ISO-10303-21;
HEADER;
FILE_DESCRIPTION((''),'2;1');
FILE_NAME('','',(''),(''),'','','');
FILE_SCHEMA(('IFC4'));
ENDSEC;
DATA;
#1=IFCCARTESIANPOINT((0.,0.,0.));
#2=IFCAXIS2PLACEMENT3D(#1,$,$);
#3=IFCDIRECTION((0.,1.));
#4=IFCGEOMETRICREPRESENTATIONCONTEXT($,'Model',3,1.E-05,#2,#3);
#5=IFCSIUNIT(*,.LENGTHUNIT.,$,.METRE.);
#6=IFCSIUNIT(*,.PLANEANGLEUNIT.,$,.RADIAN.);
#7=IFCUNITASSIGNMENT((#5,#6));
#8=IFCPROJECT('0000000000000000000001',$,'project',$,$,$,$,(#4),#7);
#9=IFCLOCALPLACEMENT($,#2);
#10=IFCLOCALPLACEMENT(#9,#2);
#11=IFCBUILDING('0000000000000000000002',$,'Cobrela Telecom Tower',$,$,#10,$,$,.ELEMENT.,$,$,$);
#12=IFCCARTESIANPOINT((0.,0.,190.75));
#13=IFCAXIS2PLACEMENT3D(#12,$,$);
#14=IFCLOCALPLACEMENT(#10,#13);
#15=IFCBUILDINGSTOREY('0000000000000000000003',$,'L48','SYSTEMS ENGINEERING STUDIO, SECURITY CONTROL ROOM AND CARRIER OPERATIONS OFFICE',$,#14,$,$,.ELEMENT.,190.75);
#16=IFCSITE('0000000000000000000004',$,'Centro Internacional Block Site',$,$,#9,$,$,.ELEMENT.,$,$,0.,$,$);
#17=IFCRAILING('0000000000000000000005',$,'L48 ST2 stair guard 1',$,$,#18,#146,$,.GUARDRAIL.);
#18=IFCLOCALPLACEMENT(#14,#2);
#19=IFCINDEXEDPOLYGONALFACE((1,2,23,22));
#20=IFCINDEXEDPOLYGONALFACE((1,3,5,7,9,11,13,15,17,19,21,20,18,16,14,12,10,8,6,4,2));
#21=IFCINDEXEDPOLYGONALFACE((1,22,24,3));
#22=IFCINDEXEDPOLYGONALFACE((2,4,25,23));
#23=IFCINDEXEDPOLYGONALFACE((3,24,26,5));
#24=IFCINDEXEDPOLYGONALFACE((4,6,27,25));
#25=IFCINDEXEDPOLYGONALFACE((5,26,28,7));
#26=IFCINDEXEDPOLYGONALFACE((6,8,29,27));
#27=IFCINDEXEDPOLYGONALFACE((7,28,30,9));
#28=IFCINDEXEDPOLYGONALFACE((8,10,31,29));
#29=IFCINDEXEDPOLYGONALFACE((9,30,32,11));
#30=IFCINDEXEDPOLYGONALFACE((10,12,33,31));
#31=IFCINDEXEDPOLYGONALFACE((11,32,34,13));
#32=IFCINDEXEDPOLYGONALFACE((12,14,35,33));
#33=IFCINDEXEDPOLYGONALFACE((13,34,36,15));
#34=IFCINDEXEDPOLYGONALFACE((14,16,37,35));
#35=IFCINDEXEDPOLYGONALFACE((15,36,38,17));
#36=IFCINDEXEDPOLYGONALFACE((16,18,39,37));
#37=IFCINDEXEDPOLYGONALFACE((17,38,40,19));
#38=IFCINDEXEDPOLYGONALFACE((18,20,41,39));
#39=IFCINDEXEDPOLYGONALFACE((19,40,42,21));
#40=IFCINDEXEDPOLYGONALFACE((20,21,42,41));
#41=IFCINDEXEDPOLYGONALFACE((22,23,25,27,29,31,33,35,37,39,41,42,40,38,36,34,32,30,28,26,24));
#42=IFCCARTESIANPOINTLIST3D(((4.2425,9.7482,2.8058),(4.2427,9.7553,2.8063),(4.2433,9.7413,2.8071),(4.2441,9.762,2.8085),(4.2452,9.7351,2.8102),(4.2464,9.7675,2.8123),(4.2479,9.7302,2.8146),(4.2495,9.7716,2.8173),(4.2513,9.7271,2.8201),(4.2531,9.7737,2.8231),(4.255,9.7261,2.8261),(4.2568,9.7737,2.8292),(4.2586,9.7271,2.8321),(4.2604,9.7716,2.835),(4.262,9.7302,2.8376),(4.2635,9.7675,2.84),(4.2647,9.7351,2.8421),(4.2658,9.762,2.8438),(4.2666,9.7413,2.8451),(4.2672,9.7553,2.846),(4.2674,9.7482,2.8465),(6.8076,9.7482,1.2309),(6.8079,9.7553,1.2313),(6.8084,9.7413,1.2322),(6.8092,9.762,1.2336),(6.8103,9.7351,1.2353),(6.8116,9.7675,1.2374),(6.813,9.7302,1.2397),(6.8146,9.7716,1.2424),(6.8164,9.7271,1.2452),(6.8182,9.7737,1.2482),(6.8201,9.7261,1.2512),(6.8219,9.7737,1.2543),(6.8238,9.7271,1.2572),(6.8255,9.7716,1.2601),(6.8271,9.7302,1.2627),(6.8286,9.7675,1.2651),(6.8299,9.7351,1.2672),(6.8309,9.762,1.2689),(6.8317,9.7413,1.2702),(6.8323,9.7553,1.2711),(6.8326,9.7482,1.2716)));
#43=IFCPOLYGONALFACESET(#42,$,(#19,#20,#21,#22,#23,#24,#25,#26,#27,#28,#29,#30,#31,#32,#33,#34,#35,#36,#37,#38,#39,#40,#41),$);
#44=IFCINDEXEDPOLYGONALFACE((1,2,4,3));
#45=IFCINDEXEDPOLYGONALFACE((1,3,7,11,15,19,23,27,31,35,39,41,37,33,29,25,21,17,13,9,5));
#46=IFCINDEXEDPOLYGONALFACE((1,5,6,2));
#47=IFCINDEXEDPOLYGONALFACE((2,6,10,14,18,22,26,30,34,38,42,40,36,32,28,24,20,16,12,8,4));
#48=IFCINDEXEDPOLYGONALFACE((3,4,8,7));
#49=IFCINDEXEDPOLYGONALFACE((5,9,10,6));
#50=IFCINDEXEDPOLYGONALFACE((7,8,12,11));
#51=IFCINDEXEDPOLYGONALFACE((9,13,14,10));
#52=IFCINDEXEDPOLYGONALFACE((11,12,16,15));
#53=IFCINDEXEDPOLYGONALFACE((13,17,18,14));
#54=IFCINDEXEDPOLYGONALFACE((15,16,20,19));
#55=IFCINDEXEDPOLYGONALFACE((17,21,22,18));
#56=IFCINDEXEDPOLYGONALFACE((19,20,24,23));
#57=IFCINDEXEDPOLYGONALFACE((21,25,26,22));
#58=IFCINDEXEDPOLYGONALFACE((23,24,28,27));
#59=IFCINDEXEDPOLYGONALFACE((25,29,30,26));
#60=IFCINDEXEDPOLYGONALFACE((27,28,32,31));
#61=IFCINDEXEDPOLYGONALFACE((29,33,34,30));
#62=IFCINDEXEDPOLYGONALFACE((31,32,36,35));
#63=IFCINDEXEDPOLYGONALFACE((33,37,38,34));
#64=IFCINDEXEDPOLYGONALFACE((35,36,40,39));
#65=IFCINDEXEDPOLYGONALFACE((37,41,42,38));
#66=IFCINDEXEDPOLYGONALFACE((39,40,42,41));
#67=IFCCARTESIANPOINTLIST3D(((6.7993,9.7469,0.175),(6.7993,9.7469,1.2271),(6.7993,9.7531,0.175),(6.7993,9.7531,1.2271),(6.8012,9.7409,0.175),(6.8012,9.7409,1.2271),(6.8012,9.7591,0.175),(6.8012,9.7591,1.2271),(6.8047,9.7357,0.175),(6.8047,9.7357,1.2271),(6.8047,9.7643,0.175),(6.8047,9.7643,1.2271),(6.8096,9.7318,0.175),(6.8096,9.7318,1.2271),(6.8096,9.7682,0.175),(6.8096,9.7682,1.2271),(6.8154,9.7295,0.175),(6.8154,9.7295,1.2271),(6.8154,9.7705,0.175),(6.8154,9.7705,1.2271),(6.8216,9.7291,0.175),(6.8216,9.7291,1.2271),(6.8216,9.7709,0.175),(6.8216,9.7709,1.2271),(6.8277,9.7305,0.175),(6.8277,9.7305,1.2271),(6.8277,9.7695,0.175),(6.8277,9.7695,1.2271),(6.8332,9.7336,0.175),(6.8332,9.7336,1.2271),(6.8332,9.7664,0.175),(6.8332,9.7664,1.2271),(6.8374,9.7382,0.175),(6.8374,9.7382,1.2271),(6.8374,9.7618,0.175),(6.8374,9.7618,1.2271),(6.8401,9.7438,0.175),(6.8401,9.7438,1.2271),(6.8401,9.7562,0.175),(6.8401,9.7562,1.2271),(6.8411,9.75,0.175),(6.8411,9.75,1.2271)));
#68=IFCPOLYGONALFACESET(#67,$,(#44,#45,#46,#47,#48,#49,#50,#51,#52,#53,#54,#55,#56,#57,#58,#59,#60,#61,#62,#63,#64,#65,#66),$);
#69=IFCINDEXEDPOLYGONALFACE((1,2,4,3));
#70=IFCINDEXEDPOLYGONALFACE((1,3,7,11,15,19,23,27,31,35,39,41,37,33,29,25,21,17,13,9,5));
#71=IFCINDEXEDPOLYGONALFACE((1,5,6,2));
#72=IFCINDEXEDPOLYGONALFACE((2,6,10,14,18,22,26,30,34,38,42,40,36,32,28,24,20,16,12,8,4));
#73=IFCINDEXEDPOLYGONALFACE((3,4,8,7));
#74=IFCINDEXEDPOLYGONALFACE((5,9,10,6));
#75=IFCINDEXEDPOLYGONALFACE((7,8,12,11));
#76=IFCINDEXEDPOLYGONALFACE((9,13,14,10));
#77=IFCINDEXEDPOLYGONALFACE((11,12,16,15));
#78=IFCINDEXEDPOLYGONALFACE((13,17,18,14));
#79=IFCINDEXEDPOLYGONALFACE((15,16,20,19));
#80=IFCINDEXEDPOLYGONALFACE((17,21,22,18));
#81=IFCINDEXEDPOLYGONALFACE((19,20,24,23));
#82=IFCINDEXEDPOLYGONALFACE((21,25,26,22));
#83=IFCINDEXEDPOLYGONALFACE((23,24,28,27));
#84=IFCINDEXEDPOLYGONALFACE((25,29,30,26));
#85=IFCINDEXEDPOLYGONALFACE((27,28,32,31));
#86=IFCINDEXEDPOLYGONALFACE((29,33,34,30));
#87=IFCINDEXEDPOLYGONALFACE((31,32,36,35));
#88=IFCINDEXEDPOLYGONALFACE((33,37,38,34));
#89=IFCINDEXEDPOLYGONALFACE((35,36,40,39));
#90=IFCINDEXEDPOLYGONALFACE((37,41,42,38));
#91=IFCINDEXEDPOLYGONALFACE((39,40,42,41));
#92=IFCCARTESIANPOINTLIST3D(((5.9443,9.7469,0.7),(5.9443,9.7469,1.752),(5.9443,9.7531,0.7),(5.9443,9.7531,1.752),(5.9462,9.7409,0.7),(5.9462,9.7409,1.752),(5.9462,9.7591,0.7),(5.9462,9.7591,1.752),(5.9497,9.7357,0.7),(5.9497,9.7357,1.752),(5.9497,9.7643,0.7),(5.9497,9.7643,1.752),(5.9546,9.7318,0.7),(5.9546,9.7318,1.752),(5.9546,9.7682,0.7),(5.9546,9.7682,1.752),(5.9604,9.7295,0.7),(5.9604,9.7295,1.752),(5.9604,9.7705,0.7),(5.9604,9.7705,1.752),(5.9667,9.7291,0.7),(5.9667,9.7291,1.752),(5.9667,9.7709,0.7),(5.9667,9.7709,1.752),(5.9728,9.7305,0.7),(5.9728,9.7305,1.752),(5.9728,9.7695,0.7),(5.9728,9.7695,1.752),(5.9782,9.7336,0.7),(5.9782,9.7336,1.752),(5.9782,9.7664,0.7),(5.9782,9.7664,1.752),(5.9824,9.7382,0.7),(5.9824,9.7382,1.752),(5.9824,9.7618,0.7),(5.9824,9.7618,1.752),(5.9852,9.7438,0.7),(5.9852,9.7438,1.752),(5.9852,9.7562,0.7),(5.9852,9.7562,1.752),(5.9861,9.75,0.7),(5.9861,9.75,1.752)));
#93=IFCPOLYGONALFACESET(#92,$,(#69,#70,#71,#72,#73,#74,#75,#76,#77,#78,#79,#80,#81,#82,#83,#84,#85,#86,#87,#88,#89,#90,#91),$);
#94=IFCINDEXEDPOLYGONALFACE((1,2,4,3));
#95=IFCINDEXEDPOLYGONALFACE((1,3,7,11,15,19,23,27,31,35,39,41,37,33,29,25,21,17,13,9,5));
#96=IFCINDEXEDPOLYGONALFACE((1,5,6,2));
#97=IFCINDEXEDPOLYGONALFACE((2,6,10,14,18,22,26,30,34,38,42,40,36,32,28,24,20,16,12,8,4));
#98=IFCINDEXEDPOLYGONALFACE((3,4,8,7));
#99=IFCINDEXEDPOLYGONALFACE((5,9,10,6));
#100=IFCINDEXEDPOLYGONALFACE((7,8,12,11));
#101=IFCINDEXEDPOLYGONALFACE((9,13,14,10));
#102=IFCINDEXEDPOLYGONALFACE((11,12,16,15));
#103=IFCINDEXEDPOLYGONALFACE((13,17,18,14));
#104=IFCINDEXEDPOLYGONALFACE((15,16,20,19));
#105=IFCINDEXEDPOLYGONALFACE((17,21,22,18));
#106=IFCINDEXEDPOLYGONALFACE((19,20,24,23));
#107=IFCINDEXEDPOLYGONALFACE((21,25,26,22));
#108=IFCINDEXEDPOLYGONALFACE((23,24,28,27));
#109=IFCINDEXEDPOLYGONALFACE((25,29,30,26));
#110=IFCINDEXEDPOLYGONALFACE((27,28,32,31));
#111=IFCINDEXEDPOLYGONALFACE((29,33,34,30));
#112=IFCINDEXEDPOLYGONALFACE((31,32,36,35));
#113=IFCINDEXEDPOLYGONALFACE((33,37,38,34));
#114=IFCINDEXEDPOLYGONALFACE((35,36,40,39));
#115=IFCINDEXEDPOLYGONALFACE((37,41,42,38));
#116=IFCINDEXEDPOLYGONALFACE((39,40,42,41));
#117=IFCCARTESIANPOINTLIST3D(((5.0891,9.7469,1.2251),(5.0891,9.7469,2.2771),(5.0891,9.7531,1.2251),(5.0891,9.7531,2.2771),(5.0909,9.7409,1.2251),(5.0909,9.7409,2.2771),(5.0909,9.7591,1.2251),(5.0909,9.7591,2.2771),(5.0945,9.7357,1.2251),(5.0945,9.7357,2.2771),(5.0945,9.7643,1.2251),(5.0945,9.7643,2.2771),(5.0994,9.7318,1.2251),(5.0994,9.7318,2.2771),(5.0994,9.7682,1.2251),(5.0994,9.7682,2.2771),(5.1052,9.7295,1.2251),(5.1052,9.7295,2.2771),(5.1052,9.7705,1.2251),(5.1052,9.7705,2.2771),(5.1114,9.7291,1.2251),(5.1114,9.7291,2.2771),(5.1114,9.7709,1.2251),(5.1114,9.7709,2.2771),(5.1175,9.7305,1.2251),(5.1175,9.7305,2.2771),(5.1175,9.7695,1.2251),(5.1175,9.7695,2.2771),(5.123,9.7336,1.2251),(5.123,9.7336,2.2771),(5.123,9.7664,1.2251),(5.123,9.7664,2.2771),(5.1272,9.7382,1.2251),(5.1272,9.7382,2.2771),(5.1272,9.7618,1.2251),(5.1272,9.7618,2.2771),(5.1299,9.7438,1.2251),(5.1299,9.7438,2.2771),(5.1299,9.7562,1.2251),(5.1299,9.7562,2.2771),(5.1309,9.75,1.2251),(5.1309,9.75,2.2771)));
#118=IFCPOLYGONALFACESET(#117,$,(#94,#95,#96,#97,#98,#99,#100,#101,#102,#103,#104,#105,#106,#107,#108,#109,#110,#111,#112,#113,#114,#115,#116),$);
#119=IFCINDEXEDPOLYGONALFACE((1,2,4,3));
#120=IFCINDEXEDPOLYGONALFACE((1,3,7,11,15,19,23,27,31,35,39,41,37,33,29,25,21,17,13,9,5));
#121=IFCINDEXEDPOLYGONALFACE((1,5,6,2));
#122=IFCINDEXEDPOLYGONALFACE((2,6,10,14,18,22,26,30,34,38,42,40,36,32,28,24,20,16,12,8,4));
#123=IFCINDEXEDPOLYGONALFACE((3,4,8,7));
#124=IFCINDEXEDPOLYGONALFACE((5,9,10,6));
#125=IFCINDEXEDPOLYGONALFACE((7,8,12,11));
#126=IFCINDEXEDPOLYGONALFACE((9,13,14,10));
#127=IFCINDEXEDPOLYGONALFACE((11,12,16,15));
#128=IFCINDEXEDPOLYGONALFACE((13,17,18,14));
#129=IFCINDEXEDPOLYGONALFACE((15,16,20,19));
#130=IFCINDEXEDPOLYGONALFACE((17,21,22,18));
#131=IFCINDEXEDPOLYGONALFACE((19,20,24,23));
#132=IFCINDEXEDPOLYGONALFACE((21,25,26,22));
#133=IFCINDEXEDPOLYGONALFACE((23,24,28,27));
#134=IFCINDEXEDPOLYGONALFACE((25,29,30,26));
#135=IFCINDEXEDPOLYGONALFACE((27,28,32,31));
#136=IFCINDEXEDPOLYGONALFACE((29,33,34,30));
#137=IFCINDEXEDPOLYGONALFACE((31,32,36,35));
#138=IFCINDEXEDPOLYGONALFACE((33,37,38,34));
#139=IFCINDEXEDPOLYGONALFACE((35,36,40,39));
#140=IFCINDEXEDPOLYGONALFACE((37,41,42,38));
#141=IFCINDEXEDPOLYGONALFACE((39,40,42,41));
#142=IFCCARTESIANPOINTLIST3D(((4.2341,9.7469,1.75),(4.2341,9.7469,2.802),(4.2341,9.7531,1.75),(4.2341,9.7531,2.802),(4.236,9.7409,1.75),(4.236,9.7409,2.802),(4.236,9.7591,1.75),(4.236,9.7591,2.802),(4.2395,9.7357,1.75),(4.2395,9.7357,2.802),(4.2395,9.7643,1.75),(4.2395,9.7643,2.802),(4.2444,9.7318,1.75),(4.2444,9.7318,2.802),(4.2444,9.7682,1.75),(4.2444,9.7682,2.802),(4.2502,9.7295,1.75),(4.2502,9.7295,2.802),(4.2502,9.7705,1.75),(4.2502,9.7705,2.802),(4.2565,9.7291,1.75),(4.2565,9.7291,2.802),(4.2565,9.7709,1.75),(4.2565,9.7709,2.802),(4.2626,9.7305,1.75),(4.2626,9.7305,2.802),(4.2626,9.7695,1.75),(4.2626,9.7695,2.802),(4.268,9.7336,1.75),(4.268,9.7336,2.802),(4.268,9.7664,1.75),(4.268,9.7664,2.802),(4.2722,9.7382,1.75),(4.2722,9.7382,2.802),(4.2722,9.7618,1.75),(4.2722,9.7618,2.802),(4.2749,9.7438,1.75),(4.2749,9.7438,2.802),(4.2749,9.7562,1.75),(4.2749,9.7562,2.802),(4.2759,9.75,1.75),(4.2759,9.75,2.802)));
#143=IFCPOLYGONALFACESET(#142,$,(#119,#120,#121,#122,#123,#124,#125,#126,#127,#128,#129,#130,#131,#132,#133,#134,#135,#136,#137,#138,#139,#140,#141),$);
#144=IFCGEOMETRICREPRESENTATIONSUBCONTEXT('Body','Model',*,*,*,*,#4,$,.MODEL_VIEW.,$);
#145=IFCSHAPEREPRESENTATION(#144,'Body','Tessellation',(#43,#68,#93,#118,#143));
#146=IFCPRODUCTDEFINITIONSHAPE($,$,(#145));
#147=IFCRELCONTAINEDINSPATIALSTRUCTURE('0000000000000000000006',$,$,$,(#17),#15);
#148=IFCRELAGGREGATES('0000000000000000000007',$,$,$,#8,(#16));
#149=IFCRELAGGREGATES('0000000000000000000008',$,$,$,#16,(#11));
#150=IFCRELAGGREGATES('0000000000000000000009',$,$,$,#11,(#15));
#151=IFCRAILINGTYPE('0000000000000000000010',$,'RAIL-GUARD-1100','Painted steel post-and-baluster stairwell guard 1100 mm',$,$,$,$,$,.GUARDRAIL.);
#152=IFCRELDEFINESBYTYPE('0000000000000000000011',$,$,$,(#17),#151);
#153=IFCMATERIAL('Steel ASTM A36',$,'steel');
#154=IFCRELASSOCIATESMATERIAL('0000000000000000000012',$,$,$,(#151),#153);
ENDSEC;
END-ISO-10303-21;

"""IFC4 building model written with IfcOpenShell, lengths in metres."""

from ifc_helpers import new_model, si_unit, direction, frame, origin, origin_2d, place, context, subcontext, project, spatial, circle, extrude, material, type_object, element, save


model = new_model("IFC4")

# Units and contexts
model_context = context("Model", 3, precision=1e-05, world=origin(), true_north=direction((0.0, 1.0)))
body_context = subcontext(model_context, "Body", "Model", "MODEL_VIEW")
ifc_project = project(units=[si_unit("LENGTHUNIT", "METRE"), si_unit("PLANEANGLEUNIT", "RADIAN")], contexts=[model_context])

# Site, building, storey
site_placement = place(None, origin())
site = spatial("IfcSite", under=ifc_project, at=site_placement, Name="Centro Internacional Block Site", CompositionType="ELEMENT", RefElevation=0.0)
building_placement = place(site_placement, origin())
building = spatial("IfcBuilding", under=site, at=building_placement, Name="Cobrela Telecom Tower", CompositionType="ELEMENT")
storey_placement = place(building_placement, frame((0.0, 0.0, 190.75)))
storey = spatial("IfcBuildingStorey", under=building, at=storey_placement, Name="L48", Description="SYSTEMS ENGINEERING STUDIO, SECURITY CONTROL ROOM AND CARRIER OPERATIONS OFFICE", CompositionType="ELEMENT", Elevation=190.75)

# Shared definitions
ifc_material_1 = material(Name="Steel ASTM A36", Category="steel")

# Railing
railing_type = type_object("IfcRailingType", Name="RAIL-GUARD-1100", Description="Painted steel post-and-baluster stairwell guard 1100 mm", PredefinedType="GUARDRAIL", material=ifc_material_1)
railing_1_placement = place(storey_placement, frame((6.8201, 9.75, 0.175)))
element("IfcRailing", 1, at=railing_1_placement, inside=storey, type_object=railing_type, Name="L48 ST2 stair guard 1", PredefinedType="GUARDRAIL", context=body_context, shape_type="SweptSolid", body=[
    extrude(circle(Radius=0.0239, at=origin_2d()), frame((0.0, 0.0, 1.0762), z_axis=(-0.852195, 0.0, 0.523224), x_axis=(0.0, -1.0, 0.0)), (0.0, 0.0, 1.0), 3.01),
    extrude(circle(Radius=0.021, at=origin_2d()), origin(), (0.0, 0.0, 1.0), 1.052),
    extrude(circle(Radius=0.021, at=origin_2d()), frame((-0.855, 0.0, 0.5249)), (0.0, 0.0, 1.0), 1.052),
    extrude(circle(Radius=0.021, at=origin_2d()), frame((-1.7102, 0.0, 1.05)), (0.0, 0.0, 1.0), 1.052),
    extrude(circle(Radius=0.021, at=origin_2d()), frame((-2.5652, 0.0, 1.575)), (0.0, 0.0, 1.0), 1.052),
])

save(model, "model.ifc")
